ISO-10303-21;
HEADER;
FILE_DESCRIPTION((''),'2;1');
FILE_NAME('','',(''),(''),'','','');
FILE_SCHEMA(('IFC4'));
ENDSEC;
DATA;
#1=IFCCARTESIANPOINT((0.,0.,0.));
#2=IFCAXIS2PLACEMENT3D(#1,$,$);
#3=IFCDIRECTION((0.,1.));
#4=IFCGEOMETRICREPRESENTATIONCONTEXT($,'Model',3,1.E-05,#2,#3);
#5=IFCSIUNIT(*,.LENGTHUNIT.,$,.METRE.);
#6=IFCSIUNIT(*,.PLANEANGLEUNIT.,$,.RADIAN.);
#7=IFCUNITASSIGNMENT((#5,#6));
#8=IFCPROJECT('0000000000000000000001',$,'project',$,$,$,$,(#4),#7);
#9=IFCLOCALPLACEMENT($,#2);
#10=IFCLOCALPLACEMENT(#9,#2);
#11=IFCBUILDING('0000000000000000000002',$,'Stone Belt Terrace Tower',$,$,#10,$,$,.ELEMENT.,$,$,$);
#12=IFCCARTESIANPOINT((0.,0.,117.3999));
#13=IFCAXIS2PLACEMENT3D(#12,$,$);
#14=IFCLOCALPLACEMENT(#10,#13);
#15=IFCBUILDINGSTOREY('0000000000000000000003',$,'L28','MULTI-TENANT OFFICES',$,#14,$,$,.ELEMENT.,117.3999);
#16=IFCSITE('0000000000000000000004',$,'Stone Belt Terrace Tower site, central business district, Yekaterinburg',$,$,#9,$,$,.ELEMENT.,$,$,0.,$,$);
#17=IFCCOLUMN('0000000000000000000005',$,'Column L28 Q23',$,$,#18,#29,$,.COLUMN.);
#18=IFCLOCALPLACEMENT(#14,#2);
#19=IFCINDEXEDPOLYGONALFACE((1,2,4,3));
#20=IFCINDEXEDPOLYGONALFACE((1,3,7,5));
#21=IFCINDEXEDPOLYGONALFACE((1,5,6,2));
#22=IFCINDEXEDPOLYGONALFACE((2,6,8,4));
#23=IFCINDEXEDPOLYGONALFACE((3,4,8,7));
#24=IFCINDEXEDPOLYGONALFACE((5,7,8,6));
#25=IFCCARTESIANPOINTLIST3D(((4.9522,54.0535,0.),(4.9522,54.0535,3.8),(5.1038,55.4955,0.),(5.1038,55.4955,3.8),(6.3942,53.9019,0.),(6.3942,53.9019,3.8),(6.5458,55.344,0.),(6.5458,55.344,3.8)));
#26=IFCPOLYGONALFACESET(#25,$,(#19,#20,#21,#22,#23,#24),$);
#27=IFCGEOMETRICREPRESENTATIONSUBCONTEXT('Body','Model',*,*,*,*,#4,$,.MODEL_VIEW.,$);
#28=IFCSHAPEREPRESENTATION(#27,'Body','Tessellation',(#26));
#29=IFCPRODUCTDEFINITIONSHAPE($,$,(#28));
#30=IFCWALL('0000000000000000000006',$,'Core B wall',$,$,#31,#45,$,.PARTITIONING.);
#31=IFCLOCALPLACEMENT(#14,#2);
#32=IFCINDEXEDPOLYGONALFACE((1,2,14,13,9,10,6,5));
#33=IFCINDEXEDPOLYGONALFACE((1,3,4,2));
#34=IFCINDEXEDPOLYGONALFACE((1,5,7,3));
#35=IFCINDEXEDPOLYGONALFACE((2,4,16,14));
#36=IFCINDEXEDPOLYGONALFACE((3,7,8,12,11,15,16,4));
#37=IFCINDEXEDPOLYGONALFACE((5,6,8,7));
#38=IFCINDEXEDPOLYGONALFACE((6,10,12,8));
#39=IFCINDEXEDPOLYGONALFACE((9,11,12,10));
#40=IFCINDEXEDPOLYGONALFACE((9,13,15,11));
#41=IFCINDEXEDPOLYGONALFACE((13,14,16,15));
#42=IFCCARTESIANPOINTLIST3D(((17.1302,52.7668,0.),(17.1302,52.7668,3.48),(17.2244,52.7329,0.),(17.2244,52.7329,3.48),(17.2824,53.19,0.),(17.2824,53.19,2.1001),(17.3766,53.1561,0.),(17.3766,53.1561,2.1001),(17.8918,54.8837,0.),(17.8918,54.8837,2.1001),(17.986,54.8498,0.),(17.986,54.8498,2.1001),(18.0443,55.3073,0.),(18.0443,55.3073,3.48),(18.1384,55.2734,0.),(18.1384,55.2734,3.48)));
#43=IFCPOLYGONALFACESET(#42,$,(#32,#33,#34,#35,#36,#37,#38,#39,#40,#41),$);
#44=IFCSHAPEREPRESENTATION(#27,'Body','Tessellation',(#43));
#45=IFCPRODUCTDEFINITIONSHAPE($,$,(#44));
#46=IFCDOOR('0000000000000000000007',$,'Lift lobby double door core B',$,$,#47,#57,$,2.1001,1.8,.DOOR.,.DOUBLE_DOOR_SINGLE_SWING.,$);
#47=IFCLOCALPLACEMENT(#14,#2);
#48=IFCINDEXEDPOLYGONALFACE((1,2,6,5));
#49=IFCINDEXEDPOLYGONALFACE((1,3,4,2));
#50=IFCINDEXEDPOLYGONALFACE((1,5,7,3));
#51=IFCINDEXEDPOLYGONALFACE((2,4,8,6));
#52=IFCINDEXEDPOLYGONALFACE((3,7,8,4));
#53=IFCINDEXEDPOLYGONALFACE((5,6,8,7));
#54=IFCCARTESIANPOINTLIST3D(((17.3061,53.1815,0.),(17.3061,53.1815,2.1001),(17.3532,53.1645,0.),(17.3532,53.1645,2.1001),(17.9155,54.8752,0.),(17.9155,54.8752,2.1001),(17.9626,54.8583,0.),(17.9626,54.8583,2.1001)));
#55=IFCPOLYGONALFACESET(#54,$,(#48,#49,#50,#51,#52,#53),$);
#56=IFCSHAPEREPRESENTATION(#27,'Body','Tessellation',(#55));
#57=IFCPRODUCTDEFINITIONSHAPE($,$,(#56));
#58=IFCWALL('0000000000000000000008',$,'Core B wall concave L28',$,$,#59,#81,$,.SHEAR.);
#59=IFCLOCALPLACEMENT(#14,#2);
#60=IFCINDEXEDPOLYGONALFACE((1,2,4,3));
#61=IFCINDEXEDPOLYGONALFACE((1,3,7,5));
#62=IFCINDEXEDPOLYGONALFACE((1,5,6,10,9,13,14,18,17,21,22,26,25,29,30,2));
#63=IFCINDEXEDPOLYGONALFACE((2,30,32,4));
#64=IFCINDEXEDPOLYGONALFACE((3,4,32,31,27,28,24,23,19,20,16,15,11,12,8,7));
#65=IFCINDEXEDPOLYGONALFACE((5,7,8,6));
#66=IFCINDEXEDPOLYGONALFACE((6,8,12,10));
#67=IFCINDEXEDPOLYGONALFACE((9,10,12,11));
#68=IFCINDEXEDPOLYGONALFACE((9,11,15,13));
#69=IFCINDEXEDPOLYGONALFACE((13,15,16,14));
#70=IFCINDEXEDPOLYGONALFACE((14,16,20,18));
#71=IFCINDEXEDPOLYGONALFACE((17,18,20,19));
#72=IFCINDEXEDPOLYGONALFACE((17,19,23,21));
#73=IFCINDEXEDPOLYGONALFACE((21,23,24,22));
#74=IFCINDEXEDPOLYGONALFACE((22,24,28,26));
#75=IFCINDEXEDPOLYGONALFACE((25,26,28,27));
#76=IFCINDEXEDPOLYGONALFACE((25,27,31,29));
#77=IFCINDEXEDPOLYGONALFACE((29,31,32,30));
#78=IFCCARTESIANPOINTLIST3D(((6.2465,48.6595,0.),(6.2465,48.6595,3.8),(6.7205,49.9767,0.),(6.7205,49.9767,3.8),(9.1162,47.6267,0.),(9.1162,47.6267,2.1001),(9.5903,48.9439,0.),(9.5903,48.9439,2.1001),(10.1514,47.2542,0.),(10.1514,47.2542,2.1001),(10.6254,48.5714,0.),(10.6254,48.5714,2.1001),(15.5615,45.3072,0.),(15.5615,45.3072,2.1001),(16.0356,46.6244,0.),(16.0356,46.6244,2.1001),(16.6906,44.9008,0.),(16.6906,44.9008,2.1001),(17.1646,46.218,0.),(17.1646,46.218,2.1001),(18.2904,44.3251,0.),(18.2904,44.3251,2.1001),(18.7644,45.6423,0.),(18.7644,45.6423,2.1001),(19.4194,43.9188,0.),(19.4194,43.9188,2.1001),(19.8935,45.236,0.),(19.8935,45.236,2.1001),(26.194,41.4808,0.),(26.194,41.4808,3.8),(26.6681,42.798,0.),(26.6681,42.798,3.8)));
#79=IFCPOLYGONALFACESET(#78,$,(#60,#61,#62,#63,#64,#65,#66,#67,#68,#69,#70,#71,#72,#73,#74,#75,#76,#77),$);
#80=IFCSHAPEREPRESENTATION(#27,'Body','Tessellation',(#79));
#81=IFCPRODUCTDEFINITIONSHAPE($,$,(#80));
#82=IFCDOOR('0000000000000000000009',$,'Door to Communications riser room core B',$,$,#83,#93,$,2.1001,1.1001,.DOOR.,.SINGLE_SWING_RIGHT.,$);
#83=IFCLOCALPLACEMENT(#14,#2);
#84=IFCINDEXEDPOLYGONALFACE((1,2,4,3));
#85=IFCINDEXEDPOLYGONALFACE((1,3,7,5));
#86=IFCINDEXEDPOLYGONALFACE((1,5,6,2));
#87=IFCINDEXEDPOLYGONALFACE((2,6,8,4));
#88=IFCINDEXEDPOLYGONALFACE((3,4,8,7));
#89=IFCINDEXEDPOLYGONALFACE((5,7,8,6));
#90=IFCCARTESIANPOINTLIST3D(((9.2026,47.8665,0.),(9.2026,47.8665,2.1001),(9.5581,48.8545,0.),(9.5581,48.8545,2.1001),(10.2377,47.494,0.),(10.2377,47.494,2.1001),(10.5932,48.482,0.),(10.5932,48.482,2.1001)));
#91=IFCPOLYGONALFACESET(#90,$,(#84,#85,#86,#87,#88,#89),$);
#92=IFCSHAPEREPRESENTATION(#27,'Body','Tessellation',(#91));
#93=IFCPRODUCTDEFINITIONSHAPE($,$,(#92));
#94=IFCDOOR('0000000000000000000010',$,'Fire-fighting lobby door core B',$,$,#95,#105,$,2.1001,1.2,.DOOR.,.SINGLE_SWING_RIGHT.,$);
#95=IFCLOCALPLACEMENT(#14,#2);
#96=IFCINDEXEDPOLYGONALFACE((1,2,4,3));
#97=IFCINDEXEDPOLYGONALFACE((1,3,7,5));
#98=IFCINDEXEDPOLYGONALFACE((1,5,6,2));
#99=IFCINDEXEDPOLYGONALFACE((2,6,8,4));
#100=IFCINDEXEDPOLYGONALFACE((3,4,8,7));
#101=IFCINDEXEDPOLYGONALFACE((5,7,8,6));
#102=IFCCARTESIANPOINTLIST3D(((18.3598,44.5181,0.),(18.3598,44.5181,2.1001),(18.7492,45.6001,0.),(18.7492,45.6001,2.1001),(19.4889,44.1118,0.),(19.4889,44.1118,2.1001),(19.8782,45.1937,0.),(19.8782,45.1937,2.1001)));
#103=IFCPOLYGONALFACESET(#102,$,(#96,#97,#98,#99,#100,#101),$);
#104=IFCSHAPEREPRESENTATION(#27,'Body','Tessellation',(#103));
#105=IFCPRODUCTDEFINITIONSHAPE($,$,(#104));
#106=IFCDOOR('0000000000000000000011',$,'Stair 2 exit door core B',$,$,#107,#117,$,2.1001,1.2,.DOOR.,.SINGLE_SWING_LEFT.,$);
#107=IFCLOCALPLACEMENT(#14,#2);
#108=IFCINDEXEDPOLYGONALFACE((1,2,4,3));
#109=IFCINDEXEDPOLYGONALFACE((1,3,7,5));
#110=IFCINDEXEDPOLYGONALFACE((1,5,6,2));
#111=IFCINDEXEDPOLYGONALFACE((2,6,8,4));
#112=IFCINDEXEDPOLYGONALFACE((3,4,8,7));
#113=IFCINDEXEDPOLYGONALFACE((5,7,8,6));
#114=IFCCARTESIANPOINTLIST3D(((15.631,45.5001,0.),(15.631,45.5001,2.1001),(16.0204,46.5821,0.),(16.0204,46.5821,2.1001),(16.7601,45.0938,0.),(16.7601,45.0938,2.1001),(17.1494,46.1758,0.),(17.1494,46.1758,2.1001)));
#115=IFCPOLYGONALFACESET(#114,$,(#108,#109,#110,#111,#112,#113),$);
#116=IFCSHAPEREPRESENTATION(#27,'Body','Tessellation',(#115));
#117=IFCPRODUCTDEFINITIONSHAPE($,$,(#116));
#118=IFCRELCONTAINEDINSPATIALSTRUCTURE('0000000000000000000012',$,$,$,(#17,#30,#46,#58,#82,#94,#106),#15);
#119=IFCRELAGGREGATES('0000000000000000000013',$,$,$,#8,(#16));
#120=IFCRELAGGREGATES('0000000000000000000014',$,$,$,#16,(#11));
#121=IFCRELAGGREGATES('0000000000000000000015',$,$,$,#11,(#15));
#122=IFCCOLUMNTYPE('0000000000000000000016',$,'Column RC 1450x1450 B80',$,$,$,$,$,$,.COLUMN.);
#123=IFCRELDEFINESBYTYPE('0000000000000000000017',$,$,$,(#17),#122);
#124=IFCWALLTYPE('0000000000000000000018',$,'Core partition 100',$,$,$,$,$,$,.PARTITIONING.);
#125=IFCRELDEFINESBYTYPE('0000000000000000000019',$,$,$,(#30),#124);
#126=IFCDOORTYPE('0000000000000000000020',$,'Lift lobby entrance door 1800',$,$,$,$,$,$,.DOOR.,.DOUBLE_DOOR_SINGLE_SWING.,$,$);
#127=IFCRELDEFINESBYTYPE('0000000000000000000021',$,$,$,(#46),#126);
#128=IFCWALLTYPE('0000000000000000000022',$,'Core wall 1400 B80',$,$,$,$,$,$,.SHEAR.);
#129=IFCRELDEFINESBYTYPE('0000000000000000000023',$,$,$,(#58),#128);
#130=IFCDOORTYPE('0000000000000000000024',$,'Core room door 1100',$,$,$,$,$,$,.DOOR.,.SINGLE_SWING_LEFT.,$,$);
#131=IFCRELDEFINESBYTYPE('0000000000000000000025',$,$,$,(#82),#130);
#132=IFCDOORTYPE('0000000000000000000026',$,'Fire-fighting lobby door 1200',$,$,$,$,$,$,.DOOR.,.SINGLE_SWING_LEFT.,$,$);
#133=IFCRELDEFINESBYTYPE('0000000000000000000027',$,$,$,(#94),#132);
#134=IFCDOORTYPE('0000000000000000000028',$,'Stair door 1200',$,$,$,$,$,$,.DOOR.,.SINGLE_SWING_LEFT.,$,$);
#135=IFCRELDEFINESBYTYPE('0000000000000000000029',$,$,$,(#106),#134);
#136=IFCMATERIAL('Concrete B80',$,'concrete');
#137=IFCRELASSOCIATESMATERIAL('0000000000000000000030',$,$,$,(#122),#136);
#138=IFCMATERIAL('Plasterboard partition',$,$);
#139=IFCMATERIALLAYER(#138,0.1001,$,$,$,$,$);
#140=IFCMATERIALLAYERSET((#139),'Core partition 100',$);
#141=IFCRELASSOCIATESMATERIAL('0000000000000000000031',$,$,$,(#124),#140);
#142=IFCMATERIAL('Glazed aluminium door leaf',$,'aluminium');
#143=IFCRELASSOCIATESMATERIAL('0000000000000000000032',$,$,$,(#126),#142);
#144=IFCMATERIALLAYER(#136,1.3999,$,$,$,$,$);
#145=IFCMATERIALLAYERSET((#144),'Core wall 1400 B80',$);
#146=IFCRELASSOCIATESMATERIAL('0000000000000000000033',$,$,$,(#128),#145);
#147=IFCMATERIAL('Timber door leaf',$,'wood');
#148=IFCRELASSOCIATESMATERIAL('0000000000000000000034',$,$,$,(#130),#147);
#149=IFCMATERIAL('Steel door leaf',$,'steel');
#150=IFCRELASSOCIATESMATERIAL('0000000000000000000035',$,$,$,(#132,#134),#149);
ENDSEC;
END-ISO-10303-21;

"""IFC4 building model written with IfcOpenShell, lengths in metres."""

from ifc_helpers import new_model, si_unit, direction, frame, frame_2d, origin, origin_2d, place, context, subcontext, project, spatial, rectangle, extrude, material, layer, layer_set, material_profile, profile_set, type_object, element, fill, save


model = new_model("IFC4")

# Units and contexts
model_context = context("Model", 3, precision=1e-05, world=origin(), true_north=direction((0.0, 1.0)))
body_context = subcontext(model_context, "Body", "Model", "MODEL_VIEW")
ifc_project = project(units=[si_unit("LENGTHUNIT", "METRE"), si_unit("PLANEANGLEUNIT", "RADIAN")], contexts=[model_context])

# Site, building, storey
site_placement = place(None, origin())
site = spatial("IfcSite", under=ifc_project, at=site_placement, Name="Stone Belt Terrace Tower site, central business district, Yekaterinburg", CompositionType="ELEMENT", RefElevation=0.0)
building_placement = place(site_placement, origin())
building = spatial("IfcBuilding", under=site, at=building_placement, Name="Stone Belt Terrace Tower", CompositionType="ELEMENT")
storey_placement = place(building_placement, frame((0.0, 0.0, 117.3999)))
storey = spatial("IfcBuildingStorey", under=building, at=storey_placement, Name="L28", Description="MULTI-TENANT OFFICES", CompositionType="ELEMENT", Elevation=117.3999)

# Column
ifc_material_1 = material(Name="Concrete B80", Category="concrete")
ifc_material_profile = material_profile(ifc_material_1, rectangle(XDim=1.45, YDim=1.45, at=origin_2d()), Name="RC 1450x1450")
ifc_profile_set = profile_set([ifc_material_profile], Name="Concrete B80")
column_type = type_object("IfcColumnType", Name="Column RC 1450x1450 B80", PredefinedType="COLUMN", material=ifc_profile_set)
column_placement = place(storey_placement, frame((5.749, 54.6987, 0.0), z_axis=(0.0, 0.0, 1.0), x_axis=(0.994522, -0.104528, 0.0)))
element("IfcColumn", 1, at=column_placement, inside=storey, type_object=column_type, Name="Column L28 Q23", PredefinedType="COLUMN", context=body_context, shape_type="SweptSolid", body=[
    extrude(rectangle(XDim=1.45, YDim=1.45, at=origin_2d()), origin(), (0.0, 0.0, 1.0), 3.8),
])

# Wall, opening, door
ifc_material_2 = material(Name="Plasterboard partition")
ifc_layer_1 = layer(ifc_material_2, 0.1001)
ifc_layer_set_1 = layer_set([ifc_layer_1], Name="Core partition 100")
wall_type_1 = type_object("IfcWallType", Name="Core partition 100", PredefinedType="PARTITIONING", material=ifc_layer_set_1)
wall_1_placement = place(storey_placement, frame((17.1772, 52.7498, 0.0), z_axis=(0.0, 0.0, 1.0), x_axis=(0.338547, 0.94095, 0.0)))
wall_1 = element("IfcWall", 2, at=wall_1_placement, inside=storey, type_object=wall_type_1, Name="Core B wall", PredefinedType="PARTITIONING", context=body_context, shape_type="SweptSolid", body=[
    extrude(rectangle(XDim=2.7, YDim=0.1001, at=frame_2d((1.3501, 0.0))), origin(), (0.0, 0.0, 1.0), 3.48),
])
opening_1_placement = place(wall_1_placement, frame((0.45, 0.0, 0.0)))
opening_1 = element("IfcOpeningElement", 3, at=opening_1_placement, cuts=wall_1, PredefinedType="OPENING", context=body_context, shape_type="SweptSolid", body=[
    extrude(rectangle(XDim=1.8, YDim=2.1001, at=frame_2d((0.8999, 1.05))), frame((0.0, 0.0601, 0.0), z_axis=(0.0, -1.0, 0.0), x_axis=(1.0, 0.0, 0.0)), (0.0, 0.0, 1.0), 0.1201),
])
ifc_material_3 = material(Name="Glazed aluminium door leaf", Category="aluminium")
door_type_1 = type_object("IfcDoorType", Name="Lift lobby entrance door 1800", OperationType="DOUBLE_DOOR_SINGLE_SWING", PredefinedType="DOOR", material=ifc_material_3)
door_1_placement = place(opening_1_placement, origin())
door_1 = element("IfcDoor", 4, at=door_1_placement, inside=storey, type_object=door_type_1, Name="Lift lobby double door core B", OperationType="DOUBLE_DOOR_SINGLE_SWING", OverallHeight=2.1001, OverallWidth=1.8, PredefinedType="DOOR", context=body_context, shape_type="SweptSolid", body=[
    extrude(rectangle(XDim=1.8, YDim=2.1001, at=frame_2d((0.8999, 1.05))), frame((0.0, 0.0249, 0.0), z_axis=(0.0, -1.0, 0.0), x_axis=(1.0, 0.0, 0.0)), (0.0, 0.0, 1.0), 0.05),
])
fill(opening_1, door_1)

# Wall, openings, doors
ifc_layer_2 = layer(ifc_material_1, 1.3999)
ifc_layer_set_2 = layer_set([ifc_layer_2], Name="Core wall 1400 B80")
wall_type_2 = type_object("IfcWallType", Name="Core wall 1400 B80", PredefinedType="SHEAR", material=ifc_layer_set_2)
wall_2_placement = place(storey_placement, frame((6.4834, 49.3181, 0.0), z_axis=(0.0, 0.0, 1.0), x_axis=(0.940923, -0.33862, 0.0)))
wall_2 = element("IfcWall", 5, at=wall_2_placement, inside=storey, type_object=wall_type_2, Name="Core B wall concave L28", PredefinedType="SHEAR", context=body_context, shape_type="SweptSolid", body=[
    extrude(rectangle(XDim=21.2, YDim=1.3999, at=frame_2d((10.6001, 0.0))), origin(), (0.0, 0.0, 1.0), 3.8),
])
opening_2_placement = place(wall_2_placement, frame((12.8, 0.0, 0.0)))
opening_2 = element("IfcOpeningElement", 6, at=opening_2_placement, cuts=wall_2, PredefinedType="OPENING", context=body_context, shape_type="SweptSolid", body=[
    extrude(rectangle(XDim=1.2, YDim=2.1001, at=frame_2d((0.6001, 1.05))), frame((0.0, 0.71, 0.0), z_axis=(0.0, -1.0, 0.0), x_axis=(1.0, 0.0, 0.0)), (0.0, 0.0, 1.0), 1.4199),
])
opening_3_placement = place(wall_2_placement, frame((9.8999, 0.0, 0.0)))
opening_3 = element("IfcOpeningElement", 7, at=opening_3_placement, cuts=wall_2, PredefinedType="OPENING", context=body_context, shape_type="SweptSolid", body=[
    extrude(rectangle(XDim=1.2, YDim=2.1001, at=frame_2d((0.6001, 1.05))), frame((0.0, 0.71, 0.0), z_axis=(0.0, -1.0, 0.0), x_axis=(1.0, 0.0, 0.0)), (0.0, 0.0, 1.0), 1.4199),
])
opening_4_placement = place(wall_2_placement, frame((3.05, 0.0, 0.0)))
opening_4 = element("IfcOpeningElement", 8, at=opening_4_placement, cuts=wall_2, PredefinedType="OPENING", context=body_context, shape_type="SweptSolid", body=[
    extrude(rectangle(XDim=1.1001, YDim=2.1001, at=frame_2d((0.55, 1.05))), frame((0.0, 0.71, 0.0), z_axis=(0.0, -1.0, 0.0), x_axis=(1.0, 0.0, 0.0)), (0.0, 0.0, 1.0), 1.4199),
])
ifc_material_4 = material(Name="Timber door leaf", Category="wood")
door_type_2 = type_object("IfcDoorType", Name="Core room door 1100", OperationType="SINGLE_SWING_LEFT", PredefinedType="DOOR", material=ifc_material_4)
door_2_placement = place(opening_4_placement, origin())
door_2 = element("IfcDoor", 9, at=door_2_placement, inside=storey, type_object=door_type_2, Name="Door to Communications riser room core B", OperationType="SINGLE_SWING_RIGHT", OverallHeight=2.1001, OverallWidth=1.1001, PredefinedType="DOOR", context=body_context, shape_type="SweptSolid", body=[
    extrude(rectangle(XDim=1.1001, YDim=2.1001, at=frame_2d((0.55, 1.05))), frame((0.0, 0.605, 0.0), z_axis=(0.0, -1.0, 0.0), x_axis=(1.0, 0.0, 0.0)), (0.0, 0.0, 1.0), 1.05),
])
fill(opening_4, door_2)
ifc_material_5 = material(Name="Steel door leaf", Category="steel")
door_type_3 = type_object("IfcDoorType", Name="Fire-fighting lobby door 1200", OperationType="SINGLE_SWING_LEFT", PredefinedType="DOOR", material=ifc_material_5)
door_3_placement = place(opening_2_placement, origin())
door_3 = element("IfcDoor", 10, at=door_3_placement, inside=storey, type_object=door_type_3, Name="Fire-fighting lobby door core B", OperationType="SINGLE_SWING_RIGHT", OverallHeight=2.1001, OverallWidth=1.2, PredefinedType="DOOR", context=body_context, shape_type="SweptSolid", body=[
    extrude(rectangle(XDim=1.2, YDim=2.1001, at=frame_2d((0.6001, 1.05))), frame((0.0, 0.655, 0.0), z_axis=(0.0, -1.0, 0.0), x_axis=(1.0, 0.0, 0.0)), (0.0, 0.0, 1.0), 1.1499),
])
fill(opening_2, door_3)
door_type_4 = type_object("IfcDoorType", Name="Stair door 1200", OperationType="SINGLE_SWING_LEFT", PredefinedType="DOOR", material=ifc_material_5)
door_4_placement = place(opening_3_placement, origin())
door_4 = element("IfcDoor", 11, at=door_4_placement, inside=storey, type_object=door_type_4, Name="Stair 2 exit door core B", OperationType="SINGLE_SWING_LEFT", OverallHeight=2.1001, OverallWidth=1.2, PredefinedType="DOOR", context=body_context, shape_type="SweptSolid", body=[
    extrude(rectangle(XDim=1.2, YDim=2.1001, at=frame_2d((0.6001, 1.05))), frame((0.0, 0.655, 0.0), z_axis=(0.0, -1.0, 0.0), x_axis=(1.0, 0.0, 0.0)), (0.0, 0.0, 1.0), 1.1499),
])
fill(opening_3, door_4)

save(model, "model.ifc")
